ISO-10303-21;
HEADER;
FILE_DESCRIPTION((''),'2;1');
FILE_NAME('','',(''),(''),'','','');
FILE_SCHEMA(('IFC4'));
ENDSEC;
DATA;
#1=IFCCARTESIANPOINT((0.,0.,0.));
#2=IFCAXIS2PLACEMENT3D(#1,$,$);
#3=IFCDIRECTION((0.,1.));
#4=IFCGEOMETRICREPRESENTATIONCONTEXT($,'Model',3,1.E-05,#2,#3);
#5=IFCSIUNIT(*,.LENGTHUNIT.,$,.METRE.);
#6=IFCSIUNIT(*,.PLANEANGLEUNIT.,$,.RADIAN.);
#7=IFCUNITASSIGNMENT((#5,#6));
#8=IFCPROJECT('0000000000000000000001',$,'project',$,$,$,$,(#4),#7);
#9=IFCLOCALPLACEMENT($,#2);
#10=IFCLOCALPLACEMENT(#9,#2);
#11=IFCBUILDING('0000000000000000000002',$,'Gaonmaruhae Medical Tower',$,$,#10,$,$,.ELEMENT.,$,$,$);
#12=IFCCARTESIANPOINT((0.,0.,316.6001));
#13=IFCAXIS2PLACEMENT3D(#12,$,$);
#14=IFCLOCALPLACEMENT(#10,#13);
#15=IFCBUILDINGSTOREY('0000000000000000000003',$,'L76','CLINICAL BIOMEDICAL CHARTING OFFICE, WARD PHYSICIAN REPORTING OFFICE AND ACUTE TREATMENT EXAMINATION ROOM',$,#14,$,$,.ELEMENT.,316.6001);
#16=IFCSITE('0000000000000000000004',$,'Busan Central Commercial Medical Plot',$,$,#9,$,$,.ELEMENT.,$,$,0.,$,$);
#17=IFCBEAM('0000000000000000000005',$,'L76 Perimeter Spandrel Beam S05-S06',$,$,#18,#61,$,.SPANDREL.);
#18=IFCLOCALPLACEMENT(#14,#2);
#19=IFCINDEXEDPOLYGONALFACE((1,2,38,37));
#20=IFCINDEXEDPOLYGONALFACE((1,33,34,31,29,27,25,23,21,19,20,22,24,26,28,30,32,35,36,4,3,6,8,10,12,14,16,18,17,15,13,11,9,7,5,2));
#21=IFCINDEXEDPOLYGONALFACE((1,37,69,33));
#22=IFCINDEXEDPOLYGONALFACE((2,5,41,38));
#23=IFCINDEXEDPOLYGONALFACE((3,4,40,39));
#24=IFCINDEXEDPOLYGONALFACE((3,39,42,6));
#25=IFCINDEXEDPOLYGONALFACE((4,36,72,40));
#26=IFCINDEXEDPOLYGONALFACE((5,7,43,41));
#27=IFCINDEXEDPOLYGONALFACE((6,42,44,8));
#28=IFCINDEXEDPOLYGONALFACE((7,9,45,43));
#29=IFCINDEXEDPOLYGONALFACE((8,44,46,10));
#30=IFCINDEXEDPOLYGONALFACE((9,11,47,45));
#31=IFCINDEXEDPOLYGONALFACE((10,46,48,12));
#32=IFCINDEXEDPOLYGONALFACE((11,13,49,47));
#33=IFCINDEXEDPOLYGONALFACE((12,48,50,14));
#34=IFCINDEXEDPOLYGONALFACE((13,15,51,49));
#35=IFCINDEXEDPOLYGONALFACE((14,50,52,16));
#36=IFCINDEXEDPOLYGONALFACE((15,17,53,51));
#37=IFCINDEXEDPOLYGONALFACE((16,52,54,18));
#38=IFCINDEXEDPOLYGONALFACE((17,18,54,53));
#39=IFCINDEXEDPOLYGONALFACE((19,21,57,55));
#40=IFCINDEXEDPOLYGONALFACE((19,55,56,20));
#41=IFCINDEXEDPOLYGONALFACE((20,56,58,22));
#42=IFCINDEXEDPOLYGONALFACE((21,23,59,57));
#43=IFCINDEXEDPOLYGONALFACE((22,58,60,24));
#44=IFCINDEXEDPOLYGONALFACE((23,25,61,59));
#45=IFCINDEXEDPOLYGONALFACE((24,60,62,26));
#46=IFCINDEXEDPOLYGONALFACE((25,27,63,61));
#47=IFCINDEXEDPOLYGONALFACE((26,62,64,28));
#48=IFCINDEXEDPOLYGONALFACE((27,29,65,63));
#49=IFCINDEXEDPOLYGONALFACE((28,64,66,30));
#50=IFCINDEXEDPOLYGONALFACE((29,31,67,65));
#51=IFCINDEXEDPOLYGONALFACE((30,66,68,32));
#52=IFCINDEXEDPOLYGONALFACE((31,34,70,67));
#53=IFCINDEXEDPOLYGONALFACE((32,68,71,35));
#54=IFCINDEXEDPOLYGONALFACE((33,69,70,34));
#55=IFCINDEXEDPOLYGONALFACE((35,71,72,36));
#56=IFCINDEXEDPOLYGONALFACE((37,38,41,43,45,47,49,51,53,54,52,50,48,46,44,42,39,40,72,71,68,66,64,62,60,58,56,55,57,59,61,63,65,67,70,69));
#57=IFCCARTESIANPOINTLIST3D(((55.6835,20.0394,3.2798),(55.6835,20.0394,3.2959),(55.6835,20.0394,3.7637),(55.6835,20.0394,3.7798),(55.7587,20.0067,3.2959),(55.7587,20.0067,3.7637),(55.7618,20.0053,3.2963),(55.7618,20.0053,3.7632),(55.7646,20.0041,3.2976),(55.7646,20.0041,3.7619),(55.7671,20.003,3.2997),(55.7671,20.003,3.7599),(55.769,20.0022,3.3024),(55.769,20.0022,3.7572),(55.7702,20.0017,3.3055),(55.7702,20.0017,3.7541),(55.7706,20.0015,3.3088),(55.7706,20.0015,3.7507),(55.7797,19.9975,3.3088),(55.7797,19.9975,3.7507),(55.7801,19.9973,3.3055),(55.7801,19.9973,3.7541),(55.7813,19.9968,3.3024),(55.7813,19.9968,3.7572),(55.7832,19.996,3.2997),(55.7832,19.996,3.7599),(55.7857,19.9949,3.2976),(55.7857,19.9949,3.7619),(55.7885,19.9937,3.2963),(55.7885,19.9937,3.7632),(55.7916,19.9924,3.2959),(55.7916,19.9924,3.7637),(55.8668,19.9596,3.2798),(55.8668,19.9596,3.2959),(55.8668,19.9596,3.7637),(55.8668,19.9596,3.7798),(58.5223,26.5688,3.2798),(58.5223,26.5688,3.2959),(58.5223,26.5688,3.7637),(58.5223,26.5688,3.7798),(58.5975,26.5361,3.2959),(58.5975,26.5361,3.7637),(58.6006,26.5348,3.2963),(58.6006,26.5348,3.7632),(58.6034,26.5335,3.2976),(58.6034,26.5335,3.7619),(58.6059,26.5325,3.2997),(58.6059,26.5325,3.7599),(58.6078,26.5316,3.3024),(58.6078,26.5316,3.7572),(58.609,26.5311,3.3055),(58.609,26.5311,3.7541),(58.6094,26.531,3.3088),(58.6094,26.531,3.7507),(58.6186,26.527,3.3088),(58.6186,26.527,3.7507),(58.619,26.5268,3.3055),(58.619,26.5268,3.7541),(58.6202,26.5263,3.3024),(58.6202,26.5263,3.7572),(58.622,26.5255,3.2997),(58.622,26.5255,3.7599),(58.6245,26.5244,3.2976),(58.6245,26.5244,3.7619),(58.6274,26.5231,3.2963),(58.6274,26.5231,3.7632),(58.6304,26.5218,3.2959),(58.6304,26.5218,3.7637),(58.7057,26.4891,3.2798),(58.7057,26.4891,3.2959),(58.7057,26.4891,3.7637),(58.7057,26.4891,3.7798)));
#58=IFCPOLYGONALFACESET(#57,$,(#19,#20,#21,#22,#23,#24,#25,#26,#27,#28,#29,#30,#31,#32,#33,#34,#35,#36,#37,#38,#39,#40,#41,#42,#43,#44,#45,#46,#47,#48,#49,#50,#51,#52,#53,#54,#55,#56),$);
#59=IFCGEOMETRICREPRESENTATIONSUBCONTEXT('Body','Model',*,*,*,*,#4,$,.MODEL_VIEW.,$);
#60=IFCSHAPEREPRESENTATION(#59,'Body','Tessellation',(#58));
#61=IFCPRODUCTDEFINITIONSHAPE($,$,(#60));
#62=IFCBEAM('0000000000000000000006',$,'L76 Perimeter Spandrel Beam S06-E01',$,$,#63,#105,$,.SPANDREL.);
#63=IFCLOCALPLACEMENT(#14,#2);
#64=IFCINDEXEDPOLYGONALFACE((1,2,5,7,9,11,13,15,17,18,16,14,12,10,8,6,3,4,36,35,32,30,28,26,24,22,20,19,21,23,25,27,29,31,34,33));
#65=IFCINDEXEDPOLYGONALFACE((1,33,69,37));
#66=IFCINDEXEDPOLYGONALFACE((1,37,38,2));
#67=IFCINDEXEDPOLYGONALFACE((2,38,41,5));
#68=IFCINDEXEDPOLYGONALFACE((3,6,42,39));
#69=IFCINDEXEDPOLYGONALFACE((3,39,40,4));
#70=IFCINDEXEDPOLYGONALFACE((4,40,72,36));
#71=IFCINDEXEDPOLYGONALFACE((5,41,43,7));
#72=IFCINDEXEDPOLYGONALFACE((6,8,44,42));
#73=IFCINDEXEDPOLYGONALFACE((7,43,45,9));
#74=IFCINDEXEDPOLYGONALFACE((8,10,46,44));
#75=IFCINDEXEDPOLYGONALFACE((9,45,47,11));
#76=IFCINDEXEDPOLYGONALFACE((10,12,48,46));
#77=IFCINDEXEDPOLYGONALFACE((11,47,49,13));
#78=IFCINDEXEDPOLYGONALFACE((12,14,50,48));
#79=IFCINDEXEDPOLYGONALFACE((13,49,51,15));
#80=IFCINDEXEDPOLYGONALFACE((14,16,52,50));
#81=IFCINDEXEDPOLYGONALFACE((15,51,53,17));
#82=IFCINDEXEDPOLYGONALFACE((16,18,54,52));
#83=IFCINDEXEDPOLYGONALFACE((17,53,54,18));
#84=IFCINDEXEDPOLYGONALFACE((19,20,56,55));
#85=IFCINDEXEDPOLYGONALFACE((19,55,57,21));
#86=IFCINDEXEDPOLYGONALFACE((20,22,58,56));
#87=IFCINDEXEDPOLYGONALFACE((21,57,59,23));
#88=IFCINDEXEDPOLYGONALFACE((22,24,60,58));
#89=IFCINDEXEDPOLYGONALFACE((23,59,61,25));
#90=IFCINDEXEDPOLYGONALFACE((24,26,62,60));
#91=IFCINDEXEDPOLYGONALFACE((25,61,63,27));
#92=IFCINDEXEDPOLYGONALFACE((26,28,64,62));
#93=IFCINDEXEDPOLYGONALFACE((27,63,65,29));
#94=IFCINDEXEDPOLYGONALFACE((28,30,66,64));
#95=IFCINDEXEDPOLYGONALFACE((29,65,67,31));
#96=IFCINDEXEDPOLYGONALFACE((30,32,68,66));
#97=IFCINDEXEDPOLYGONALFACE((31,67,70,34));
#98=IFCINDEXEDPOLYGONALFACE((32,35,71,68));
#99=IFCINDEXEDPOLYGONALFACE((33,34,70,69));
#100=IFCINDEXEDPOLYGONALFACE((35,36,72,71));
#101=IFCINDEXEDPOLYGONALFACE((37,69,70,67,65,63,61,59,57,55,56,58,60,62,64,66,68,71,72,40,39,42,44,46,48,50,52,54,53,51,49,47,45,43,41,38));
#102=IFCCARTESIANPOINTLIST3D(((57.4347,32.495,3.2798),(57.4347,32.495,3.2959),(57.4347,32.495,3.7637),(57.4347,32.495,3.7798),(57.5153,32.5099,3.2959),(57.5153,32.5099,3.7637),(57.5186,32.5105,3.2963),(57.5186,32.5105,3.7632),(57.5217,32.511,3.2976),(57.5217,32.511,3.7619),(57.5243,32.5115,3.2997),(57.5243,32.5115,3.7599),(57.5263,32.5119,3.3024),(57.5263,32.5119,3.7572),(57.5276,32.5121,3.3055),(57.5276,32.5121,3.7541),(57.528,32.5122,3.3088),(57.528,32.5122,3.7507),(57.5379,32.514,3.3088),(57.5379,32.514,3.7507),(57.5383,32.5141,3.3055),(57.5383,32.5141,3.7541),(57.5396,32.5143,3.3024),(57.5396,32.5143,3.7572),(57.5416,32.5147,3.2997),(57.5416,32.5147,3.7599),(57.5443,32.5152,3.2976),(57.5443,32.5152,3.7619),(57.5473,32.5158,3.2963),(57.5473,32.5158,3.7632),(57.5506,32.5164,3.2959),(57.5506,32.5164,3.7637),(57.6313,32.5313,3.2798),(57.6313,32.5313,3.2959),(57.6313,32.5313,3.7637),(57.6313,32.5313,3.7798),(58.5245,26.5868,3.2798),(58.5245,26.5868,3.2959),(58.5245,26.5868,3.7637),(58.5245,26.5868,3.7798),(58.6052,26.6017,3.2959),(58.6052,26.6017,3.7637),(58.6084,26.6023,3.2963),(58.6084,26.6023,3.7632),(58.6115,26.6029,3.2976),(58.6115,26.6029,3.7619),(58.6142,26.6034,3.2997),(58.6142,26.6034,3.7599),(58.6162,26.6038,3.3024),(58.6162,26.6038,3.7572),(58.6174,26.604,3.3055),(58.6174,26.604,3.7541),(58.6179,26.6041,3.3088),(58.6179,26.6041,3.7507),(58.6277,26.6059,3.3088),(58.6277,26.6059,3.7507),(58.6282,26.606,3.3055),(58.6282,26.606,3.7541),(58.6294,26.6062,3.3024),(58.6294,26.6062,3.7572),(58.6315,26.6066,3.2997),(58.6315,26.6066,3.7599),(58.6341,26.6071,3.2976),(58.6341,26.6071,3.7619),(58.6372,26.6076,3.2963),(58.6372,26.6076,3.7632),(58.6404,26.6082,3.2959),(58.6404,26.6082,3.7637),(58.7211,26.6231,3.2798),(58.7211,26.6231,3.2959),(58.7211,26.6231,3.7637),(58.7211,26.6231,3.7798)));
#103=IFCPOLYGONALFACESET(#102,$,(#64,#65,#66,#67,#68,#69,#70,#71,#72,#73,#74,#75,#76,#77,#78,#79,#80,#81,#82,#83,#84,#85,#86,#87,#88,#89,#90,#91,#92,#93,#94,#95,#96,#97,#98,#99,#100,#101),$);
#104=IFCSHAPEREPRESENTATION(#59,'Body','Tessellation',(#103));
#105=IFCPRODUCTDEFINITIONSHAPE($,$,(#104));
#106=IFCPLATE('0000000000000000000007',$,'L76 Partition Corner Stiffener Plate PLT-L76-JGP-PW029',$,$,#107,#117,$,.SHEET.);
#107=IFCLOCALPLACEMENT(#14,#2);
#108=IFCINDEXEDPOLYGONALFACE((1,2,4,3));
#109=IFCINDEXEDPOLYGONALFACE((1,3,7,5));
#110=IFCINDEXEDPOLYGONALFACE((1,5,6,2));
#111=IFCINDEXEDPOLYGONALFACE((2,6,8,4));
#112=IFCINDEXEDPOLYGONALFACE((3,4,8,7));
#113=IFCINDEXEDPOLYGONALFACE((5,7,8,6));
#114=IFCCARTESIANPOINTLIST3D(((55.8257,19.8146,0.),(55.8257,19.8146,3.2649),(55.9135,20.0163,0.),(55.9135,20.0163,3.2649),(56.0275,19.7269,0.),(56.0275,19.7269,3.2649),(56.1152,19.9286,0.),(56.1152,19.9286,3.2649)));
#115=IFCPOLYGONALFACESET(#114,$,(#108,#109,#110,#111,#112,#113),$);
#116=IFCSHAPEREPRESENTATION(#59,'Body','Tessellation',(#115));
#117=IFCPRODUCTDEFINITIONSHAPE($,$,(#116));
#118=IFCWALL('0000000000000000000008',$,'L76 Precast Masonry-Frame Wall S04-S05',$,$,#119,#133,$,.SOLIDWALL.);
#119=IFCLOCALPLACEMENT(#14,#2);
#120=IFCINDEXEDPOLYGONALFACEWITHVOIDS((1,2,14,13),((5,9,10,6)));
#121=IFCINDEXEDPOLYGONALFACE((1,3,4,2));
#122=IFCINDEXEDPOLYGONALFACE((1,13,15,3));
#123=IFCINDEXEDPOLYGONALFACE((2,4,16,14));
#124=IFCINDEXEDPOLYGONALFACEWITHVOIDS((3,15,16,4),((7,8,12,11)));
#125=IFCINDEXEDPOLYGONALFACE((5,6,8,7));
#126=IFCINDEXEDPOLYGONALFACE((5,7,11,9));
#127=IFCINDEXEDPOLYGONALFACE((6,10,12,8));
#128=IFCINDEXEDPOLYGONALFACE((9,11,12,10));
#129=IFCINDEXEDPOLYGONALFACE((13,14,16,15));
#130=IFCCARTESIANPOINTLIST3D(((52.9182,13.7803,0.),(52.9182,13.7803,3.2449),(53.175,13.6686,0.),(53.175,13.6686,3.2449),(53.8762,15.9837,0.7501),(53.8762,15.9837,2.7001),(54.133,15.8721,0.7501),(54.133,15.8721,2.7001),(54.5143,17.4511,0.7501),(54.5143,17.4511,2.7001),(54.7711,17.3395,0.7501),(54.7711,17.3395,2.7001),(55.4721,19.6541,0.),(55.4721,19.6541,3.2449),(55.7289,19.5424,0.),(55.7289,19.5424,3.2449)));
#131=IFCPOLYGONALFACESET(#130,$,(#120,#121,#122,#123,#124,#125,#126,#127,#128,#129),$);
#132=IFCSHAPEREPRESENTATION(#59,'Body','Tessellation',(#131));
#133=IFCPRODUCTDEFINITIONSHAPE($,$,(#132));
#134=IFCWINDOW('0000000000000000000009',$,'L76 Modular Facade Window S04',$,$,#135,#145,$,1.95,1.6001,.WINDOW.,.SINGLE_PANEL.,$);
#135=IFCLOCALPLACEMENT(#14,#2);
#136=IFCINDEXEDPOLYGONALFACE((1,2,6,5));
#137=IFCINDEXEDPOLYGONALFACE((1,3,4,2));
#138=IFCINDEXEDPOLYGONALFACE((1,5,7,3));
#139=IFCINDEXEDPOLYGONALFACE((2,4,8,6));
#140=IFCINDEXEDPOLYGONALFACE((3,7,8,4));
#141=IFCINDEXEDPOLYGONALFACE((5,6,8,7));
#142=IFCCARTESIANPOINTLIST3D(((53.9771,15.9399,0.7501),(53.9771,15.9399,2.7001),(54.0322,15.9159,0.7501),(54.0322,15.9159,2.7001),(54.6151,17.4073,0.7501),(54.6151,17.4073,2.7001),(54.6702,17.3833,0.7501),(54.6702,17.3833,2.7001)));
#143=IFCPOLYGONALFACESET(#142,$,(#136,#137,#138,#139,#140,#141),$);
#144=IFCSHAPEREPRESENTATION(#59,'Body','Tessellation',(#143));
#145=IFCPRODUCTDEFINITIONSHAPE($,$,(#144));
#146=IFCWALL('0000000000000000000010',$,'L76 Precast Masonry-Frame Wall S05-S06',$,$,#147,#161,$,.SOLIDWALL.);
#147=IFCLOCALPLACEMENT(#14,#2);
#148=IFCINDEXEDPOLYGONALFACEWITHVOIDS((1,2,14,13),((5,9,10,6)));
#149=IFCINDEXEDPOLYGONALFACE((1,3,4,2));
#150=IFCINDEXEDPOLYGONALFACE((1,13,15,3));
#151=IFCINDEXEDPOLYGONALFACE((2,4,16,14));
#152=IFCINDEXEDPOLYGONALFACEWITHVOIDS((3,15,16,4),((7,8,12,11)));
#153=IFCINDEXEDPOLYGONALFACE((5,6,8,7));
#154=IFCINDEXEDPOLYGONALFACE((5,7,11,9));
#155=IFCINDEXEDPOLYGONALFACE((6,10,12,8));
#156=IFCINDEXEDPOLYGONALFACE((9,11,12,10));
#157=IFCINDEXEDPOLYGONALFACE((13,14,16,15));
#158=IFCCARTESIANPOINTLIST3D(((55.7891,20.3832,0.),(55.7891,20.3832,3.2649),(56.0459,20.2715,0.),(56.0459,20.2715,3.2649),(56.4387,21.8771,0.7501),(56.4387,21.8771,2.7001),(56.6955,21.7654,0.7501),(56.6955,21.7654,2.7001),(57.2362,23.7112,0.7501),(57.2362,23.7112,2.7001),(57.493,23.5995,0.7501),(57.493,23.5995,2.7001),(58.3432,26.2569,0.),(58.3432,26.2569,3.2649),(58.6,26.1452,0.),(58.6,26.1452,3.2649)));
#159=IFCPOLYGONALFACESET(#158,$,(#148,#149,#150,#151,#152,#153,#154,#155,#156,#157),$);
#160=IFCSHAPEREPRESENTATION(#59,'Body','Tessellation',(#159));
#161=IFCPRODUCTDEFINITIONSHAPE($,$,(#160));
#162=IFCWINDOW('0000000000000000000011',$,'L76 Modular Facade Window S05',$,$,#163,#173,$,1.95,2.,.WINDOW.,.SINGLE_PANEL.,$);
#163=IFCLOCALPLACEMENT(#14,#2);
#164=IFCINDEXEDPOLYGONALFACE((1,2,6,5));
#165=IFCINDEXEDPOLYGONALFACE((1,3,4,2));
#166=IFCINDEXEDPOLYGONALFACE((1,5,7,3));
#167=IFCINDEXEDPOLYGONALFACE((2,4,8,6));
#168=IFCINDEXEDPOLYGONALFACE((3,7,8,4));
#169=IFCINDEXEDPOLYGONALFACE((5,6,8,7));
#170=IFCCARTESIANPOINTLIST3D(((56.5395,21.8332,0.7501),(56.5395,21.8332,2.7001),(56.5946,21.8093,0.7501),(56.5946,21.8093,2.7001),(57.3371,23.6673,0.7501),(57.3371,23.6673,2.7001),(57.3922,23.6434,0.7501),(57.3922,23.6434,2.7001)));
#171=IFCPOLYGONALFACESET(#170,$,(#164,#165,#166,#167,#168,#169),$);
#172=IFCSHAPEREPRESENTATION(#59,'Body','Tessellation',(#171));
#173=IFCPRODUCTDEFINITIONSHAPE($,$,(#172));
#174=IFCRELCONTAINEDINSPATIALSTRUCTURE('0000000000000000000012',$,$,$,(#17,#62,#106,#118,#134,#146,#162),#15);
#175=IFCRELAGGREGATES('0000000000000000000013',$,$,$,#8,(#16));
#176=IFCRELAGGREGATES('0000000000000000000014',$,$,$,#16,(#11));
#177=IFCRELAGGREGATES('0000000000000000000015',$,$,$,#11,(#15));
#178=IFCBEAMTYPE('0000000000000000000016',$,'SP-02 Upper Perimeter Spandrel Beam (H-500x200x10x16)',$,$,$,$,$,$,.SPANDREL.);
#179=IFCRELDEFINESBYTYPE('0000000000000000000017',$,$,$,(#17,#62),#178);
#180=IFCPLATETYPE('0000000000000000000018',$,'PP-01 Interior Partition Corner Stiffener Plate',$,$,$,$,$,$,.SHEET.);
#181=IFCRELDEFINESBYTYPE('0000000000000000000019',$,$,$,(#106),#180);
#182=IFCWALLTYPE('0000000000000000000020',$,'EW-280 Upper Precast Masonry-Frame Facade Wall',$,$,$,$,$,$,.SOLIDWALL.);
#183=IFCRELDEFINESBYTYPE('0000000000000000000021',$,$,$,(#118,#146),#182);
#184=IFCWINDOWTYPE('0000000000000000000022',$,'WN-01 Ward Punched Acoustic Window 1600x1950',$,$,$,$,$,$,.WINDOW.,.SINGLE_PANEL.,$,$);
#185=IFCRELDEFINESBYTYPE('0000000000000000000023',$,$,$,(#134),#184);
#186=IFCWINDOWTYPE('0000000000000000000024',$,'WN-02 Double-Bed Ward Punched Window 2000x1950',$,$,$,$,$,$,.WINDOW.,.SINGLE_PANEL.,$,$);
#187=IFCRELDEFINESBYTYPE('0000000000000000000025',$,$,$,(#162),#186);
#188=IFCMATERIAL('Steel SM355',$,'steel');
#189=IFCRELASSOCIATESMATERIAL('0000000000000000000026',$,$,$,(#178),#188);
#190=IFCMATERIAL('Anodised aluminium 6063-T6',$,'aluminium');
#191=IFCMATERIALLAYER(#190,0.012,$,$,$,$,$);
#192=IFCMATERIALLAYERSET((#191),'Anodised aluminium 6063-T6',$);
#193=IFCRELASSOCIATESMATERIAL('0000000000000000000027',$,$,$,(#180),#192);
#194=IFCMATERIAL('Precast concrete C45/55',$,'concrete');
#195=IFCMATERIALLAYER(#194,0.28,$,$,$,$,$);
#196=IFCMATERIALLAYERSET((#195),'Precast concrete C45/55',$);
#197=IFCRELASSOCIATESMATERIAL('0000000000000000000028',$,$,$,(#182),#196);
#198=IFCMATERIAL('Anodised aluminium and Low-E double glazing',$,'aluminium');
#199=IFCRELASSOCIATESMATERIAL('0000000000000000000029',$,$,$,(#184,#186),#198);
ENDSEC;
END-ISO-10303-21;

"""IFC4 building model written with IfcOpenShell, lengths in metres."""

from ifc_helpers import new_model, si_unit, direction, frame, frame_2d, origin, origin_2d, place, context, subcontext, project, spatial, rectangle, i_section, extrude, material, layer, layer_set, material_profile, profile_set, type_object, element, fill, save


model = new_model("IFC4")

# Units and contexts
model_context = context("Model", 3, precision=1e-05, world=origin(), true_north=direction((0.0, 1.0)))
body_context = subcontext(model_context, "Body", "Model", "MODEL_VIEW")
ifc_project = project(units=[si_unit("LENGTHUNIT", "METRE"), si_unit("PLANEANGLEUNIT", "RADIAN")], contexts=[model_context])

# Site, building, storey
site_placement = place(None, origin())
site = spatial("IfcSite", under=ifc_project, at=site_placement, Name="Busan Central Commercial Medical Plot", CompositionType="ELEMENT", RefElevation=0.0)
building_placement = place(site_placement, origin())
building = spatial("IfcBuilding", under=site, at=building_placement, Name="Gaonmaruhae Medical Tower", CompositionType="ELEMENT")
storey_placement = place(building_placement, frame((0.0, 0.0, 316.6001)))
storey = spatial("IfcBuildingStorey", under=building, at=storey_placement, Name="L76", Description="CLINICAL BIOMEDICAL CHARTING OFFICE, WARD PHYSICIAN REPORTING OFFICE AND ACUTE TREATMENT EXAMINATION ROOM", CompositionType="ELEMENT", Elevation=316.6001)

# Beams
ifc_material_1 = material(Name="Steel SM355", Category="steel")
ifc_material_profile_1 = material_profile(ifc_material_1, i_section(OverallWidth=0.2, OverallDepth=0.5, WebThickness=0.01, FlangeThickness=0.0161, FilletRadius=0.0129, at=origin_2d()), Name="H-500x200x10x16")
ifc_profile_set_1 = profile_set([ifc_material_profile_1], Name="Steel SM355")
beam_type_1 = type_object("IfcBeamType", Name="SP-02 Upper Perimeter Spandrel Beam (H-500x200x10x16)", PredefinedType="SPANDREL", material=ifc_profile_set_1)
beam_1_placement = place(storey_placement, frame((55.7751, 19.9995, 3.5298), z_axis=(0.398719, 0.917073, 0.0), x_axis=(-0.917073, 0.398719, 0.0)))
element("IfcBeam", 1, at=beam_1_placement, inside=storey, type_object=beam_type_1, Name="L76 Perimeter Spandrel Beam S05-S06", PredefinedType="SPANDREL", context=body_context, shape_type="SweptSolid", body=[
    extrude(i_section(OverallWidth=0.2, OverallDepth=0.5, WebThickness=0.01, FlangeThickness=0.0161, FilletRadius=0.0129, at=origin_2d()), origin(), (0.0, 0.0, 1.0), 7.1199),
])
beam_2_placement = place(storey_placement, frame((58.6228, 26.605, 3.5298), z_axis=(-0.181402, 0.983409, 0.0), x_axis=(-0.983409, -0.181402, 0.0)))
element("IfcBeam", 2, at=beam_2_placement, inside=storey, type_object=beam_type_1, Name="L76 Perimeter Spandrel Beam S06-E01", PredefinedType="SPANDREL", context=body_context, shape_type="SweptSolid", body=[
    extrude(i_section(OverallWidth=0.2, OverallDepth=0.5, WebThickness=0.01, FlangeThickness=0.0161, FilletRadius=0.0129, at=origin_2d()), origin(), (0.0, 0.0, 1.0), 6.0078),
])

# Plate
ifc_material_2 = material(Name="Anodised aluminium 6063-T6", Category="aluminium")
ifc_layer_1 = layer(ifc_material_2, 0.012)
ifc_layer_set_1 = layer_set([ifc_layer_1], Name="Anodised aluminium 6063-T6")
plate_type = type_object("IfcPlateType", Name="PP-01 Interior Partition Corner Stiffener Plate", PredefinedType="SHEET", material=ifc_layer_set_1)
plate_placement = place(storey_placement, frame((55.9705, 19.8716, 0.0), z_axis=(0.0, 0.0, 1.0), x_axis=(-0.398765, -0.917053, 0.0)))
element("IfcPlate", 3, at=plate_placement, inside=storey, type_object=plate_type, Name="L76 Partition Corner Stiffener Plate PLT-L76-JGP-PW029", PredefinedType="SHEET", context=body_context, shape_type="SweptSolid", body=[
    extrude(rectangle(XDim=0.22, YDim=0.22, at=origin_2d()), origin(), (0.0, 0.0, 1.0), 3.2649),
])

# Walls, openings, windows
ifc_material_3 = material(Name="Precast concrete C45/55", Category="concrete")
ifc_layer_2 = layer(ifc_material_3, 0.28)
ifc_layer_set_2 = layer_set([ifc_layer_2], Name="Precast concrete C45/55")
wall_type_1 = type_object("IfcWallType", Name="EW-280 Upper Precast Masonry-Frame Facade Wall", PredefinedType="SOLIDWALL", material=ifc_layer_set_2)
wall_1_placement = place(storey_placement, frame((55.6006, 19.5984, 0.0), z_axis=(0.0, 0.0, 1.0), x_axis=(-0.398744, -0.917062, 0.0)))
wall_1 = element("IfcWall", 4, at=wall_1_placement, inside=storey, type_object=wall_type_1, Name="L76 Precast Masonry-Frame Wall S04-S05", PredefinedType="SOLIDWALL", context=body_context, shape_type="SweptSolid", body=[
    extrude(rectangle(XDim=6.405, YDim=0.28, at=frame_2d((3.2026, 0.0))), origin(), (0.0, 0.0, 1.0), 3.2449),
])
opening_1_placement = place(wall_1_placement, frame((2.4023, 0.0, 0.75)))
opening_1 = element("IfcOpeningElement", 5, at=opening_1_placement, cuts=wall_1, PredefinedType="OPENING", context=body_context, shape_type="SweptSolid", body=[
    extrude(rectangle(XDim=1.6001, YDim=1.95, at=frame_2d((0.8, 0.9751))), frame((0.0, 0.1499, 0.0), z_axis=(0.0, -1.0, 0.0), x_axis=(1.0, 0.0, 0.0)), (0.0, 0.0, 1.0), 0.3),
])
ifc_material_4 = material(Name="Anodised aluminium and Low-E double glazing", Category="aluminium")
window_type_1 = type_object("IfcWindowType", Name="WN-01 Ward Punched Acoustic Window 1600x1950", PartitioningType="SINGLE_PANEL", PredefinedType="WINDOW", material=ifc_material_4)
window_1_placement = place(opening_1_placement, origin())
window_1 = element("IfcWindow", 6, at=window_1_placement, inside=storey, type_object=window_type_1, Name="L76 Modular Facade Window S04", OverallHeight=1.95, OverallWidth=1.6001, PartitioningType="SINGLE_PANEL", PredefinedType="WINDOW", context=body_context, shape_type="SweptSolid", body=[
    extrude(rectangle(XDim=1.6001, YDim=1.95, at=frame_2d((0.8, 0.9751))), frame((0.0, 0.03, 0.0), z_axis=(0.0, -1.0, 0.0), x_axis=(1.0, 0.0, 0.0)), (0.0, 0.0, 1.0), 0.0601),
])
fill(opening_1, window_1)
wall_2_placement = place(storey_placement, frame((58.4717, 26.2012, 0.0), z_axis=(0.0, 0.0, 1.0), x_axis=(-0.398776, -0.917048, 0.0)))
wall_2 = element("IfcWall", 7, at=wall_2_placement, inside=storey, type_object=wall_type_1, Name="L76 Precast Masonry-Frame Wall S05-S06", PredefinedType="SOLIDWALL", context=body_context, shape_type="SweptSolid", body=[
    extrude(rectangle(XDim=6.405, YDim=0.28, at=frame_2d((3.2026, 0.0))), origin(), (0.0, 0.0, 1.0), 3.2649),
])
opening_2_placement = place(wall_2_placement, frame((2.7761, 0.0, 0.75)))
opening_2 = element("IfcOpeningElement", 8, at=opening_2_placement, cuts=wall_2, PredefinedType="OPENING", context=body_context, shape_type="SweptSolid", body=[
    extrude(rectangle(XDim=2.0, YDim=1.95, at=frame_2d((1.0, 0.9751))), frame((0.0, 0.1499, 0.0), z_axis=(0.0, -1.0, 0.0), x_axis=(1.0, 0.0, 0.0)), (0.0, 0.0, 1.0), 0.3),
])
window_type_2 = type_object("IfcWindowType", Name="WN-02 Double-Bed Ward Punched Window 2000x1950", PartitioningType="SINGLE_PANEL", PredefinedType="WINDOW", material=ifc_material_4)
window_2_placement = place(opening_2_placement, origin())
window_2 = element("IfcWindow", 9, at=window_2_placement, inside=storey, type_object=window_type_2, Name="L76 Modular Facade Window S05", OverallHeight=1.95, OverallWidth=2.0, PartitioningType="SINGLE_PANEL", PredefinedType="WINDOW", context=body_context, shape_type="SweptSolid", body=[
    extrude(rectangle(XDim=2.0, YDim=1.95, at=frame_2d((1.0, 0.9751))), frame((0.0, 0.03, 0.0), z_axis=(0.0, -1.0, 0.0), x_axis=(1.0, 0.0, 0.0)), (0.0, 0.0, 1.0), 0.0601),
])
fill(opening_2, window_2)

save(model, "model.ifc")
